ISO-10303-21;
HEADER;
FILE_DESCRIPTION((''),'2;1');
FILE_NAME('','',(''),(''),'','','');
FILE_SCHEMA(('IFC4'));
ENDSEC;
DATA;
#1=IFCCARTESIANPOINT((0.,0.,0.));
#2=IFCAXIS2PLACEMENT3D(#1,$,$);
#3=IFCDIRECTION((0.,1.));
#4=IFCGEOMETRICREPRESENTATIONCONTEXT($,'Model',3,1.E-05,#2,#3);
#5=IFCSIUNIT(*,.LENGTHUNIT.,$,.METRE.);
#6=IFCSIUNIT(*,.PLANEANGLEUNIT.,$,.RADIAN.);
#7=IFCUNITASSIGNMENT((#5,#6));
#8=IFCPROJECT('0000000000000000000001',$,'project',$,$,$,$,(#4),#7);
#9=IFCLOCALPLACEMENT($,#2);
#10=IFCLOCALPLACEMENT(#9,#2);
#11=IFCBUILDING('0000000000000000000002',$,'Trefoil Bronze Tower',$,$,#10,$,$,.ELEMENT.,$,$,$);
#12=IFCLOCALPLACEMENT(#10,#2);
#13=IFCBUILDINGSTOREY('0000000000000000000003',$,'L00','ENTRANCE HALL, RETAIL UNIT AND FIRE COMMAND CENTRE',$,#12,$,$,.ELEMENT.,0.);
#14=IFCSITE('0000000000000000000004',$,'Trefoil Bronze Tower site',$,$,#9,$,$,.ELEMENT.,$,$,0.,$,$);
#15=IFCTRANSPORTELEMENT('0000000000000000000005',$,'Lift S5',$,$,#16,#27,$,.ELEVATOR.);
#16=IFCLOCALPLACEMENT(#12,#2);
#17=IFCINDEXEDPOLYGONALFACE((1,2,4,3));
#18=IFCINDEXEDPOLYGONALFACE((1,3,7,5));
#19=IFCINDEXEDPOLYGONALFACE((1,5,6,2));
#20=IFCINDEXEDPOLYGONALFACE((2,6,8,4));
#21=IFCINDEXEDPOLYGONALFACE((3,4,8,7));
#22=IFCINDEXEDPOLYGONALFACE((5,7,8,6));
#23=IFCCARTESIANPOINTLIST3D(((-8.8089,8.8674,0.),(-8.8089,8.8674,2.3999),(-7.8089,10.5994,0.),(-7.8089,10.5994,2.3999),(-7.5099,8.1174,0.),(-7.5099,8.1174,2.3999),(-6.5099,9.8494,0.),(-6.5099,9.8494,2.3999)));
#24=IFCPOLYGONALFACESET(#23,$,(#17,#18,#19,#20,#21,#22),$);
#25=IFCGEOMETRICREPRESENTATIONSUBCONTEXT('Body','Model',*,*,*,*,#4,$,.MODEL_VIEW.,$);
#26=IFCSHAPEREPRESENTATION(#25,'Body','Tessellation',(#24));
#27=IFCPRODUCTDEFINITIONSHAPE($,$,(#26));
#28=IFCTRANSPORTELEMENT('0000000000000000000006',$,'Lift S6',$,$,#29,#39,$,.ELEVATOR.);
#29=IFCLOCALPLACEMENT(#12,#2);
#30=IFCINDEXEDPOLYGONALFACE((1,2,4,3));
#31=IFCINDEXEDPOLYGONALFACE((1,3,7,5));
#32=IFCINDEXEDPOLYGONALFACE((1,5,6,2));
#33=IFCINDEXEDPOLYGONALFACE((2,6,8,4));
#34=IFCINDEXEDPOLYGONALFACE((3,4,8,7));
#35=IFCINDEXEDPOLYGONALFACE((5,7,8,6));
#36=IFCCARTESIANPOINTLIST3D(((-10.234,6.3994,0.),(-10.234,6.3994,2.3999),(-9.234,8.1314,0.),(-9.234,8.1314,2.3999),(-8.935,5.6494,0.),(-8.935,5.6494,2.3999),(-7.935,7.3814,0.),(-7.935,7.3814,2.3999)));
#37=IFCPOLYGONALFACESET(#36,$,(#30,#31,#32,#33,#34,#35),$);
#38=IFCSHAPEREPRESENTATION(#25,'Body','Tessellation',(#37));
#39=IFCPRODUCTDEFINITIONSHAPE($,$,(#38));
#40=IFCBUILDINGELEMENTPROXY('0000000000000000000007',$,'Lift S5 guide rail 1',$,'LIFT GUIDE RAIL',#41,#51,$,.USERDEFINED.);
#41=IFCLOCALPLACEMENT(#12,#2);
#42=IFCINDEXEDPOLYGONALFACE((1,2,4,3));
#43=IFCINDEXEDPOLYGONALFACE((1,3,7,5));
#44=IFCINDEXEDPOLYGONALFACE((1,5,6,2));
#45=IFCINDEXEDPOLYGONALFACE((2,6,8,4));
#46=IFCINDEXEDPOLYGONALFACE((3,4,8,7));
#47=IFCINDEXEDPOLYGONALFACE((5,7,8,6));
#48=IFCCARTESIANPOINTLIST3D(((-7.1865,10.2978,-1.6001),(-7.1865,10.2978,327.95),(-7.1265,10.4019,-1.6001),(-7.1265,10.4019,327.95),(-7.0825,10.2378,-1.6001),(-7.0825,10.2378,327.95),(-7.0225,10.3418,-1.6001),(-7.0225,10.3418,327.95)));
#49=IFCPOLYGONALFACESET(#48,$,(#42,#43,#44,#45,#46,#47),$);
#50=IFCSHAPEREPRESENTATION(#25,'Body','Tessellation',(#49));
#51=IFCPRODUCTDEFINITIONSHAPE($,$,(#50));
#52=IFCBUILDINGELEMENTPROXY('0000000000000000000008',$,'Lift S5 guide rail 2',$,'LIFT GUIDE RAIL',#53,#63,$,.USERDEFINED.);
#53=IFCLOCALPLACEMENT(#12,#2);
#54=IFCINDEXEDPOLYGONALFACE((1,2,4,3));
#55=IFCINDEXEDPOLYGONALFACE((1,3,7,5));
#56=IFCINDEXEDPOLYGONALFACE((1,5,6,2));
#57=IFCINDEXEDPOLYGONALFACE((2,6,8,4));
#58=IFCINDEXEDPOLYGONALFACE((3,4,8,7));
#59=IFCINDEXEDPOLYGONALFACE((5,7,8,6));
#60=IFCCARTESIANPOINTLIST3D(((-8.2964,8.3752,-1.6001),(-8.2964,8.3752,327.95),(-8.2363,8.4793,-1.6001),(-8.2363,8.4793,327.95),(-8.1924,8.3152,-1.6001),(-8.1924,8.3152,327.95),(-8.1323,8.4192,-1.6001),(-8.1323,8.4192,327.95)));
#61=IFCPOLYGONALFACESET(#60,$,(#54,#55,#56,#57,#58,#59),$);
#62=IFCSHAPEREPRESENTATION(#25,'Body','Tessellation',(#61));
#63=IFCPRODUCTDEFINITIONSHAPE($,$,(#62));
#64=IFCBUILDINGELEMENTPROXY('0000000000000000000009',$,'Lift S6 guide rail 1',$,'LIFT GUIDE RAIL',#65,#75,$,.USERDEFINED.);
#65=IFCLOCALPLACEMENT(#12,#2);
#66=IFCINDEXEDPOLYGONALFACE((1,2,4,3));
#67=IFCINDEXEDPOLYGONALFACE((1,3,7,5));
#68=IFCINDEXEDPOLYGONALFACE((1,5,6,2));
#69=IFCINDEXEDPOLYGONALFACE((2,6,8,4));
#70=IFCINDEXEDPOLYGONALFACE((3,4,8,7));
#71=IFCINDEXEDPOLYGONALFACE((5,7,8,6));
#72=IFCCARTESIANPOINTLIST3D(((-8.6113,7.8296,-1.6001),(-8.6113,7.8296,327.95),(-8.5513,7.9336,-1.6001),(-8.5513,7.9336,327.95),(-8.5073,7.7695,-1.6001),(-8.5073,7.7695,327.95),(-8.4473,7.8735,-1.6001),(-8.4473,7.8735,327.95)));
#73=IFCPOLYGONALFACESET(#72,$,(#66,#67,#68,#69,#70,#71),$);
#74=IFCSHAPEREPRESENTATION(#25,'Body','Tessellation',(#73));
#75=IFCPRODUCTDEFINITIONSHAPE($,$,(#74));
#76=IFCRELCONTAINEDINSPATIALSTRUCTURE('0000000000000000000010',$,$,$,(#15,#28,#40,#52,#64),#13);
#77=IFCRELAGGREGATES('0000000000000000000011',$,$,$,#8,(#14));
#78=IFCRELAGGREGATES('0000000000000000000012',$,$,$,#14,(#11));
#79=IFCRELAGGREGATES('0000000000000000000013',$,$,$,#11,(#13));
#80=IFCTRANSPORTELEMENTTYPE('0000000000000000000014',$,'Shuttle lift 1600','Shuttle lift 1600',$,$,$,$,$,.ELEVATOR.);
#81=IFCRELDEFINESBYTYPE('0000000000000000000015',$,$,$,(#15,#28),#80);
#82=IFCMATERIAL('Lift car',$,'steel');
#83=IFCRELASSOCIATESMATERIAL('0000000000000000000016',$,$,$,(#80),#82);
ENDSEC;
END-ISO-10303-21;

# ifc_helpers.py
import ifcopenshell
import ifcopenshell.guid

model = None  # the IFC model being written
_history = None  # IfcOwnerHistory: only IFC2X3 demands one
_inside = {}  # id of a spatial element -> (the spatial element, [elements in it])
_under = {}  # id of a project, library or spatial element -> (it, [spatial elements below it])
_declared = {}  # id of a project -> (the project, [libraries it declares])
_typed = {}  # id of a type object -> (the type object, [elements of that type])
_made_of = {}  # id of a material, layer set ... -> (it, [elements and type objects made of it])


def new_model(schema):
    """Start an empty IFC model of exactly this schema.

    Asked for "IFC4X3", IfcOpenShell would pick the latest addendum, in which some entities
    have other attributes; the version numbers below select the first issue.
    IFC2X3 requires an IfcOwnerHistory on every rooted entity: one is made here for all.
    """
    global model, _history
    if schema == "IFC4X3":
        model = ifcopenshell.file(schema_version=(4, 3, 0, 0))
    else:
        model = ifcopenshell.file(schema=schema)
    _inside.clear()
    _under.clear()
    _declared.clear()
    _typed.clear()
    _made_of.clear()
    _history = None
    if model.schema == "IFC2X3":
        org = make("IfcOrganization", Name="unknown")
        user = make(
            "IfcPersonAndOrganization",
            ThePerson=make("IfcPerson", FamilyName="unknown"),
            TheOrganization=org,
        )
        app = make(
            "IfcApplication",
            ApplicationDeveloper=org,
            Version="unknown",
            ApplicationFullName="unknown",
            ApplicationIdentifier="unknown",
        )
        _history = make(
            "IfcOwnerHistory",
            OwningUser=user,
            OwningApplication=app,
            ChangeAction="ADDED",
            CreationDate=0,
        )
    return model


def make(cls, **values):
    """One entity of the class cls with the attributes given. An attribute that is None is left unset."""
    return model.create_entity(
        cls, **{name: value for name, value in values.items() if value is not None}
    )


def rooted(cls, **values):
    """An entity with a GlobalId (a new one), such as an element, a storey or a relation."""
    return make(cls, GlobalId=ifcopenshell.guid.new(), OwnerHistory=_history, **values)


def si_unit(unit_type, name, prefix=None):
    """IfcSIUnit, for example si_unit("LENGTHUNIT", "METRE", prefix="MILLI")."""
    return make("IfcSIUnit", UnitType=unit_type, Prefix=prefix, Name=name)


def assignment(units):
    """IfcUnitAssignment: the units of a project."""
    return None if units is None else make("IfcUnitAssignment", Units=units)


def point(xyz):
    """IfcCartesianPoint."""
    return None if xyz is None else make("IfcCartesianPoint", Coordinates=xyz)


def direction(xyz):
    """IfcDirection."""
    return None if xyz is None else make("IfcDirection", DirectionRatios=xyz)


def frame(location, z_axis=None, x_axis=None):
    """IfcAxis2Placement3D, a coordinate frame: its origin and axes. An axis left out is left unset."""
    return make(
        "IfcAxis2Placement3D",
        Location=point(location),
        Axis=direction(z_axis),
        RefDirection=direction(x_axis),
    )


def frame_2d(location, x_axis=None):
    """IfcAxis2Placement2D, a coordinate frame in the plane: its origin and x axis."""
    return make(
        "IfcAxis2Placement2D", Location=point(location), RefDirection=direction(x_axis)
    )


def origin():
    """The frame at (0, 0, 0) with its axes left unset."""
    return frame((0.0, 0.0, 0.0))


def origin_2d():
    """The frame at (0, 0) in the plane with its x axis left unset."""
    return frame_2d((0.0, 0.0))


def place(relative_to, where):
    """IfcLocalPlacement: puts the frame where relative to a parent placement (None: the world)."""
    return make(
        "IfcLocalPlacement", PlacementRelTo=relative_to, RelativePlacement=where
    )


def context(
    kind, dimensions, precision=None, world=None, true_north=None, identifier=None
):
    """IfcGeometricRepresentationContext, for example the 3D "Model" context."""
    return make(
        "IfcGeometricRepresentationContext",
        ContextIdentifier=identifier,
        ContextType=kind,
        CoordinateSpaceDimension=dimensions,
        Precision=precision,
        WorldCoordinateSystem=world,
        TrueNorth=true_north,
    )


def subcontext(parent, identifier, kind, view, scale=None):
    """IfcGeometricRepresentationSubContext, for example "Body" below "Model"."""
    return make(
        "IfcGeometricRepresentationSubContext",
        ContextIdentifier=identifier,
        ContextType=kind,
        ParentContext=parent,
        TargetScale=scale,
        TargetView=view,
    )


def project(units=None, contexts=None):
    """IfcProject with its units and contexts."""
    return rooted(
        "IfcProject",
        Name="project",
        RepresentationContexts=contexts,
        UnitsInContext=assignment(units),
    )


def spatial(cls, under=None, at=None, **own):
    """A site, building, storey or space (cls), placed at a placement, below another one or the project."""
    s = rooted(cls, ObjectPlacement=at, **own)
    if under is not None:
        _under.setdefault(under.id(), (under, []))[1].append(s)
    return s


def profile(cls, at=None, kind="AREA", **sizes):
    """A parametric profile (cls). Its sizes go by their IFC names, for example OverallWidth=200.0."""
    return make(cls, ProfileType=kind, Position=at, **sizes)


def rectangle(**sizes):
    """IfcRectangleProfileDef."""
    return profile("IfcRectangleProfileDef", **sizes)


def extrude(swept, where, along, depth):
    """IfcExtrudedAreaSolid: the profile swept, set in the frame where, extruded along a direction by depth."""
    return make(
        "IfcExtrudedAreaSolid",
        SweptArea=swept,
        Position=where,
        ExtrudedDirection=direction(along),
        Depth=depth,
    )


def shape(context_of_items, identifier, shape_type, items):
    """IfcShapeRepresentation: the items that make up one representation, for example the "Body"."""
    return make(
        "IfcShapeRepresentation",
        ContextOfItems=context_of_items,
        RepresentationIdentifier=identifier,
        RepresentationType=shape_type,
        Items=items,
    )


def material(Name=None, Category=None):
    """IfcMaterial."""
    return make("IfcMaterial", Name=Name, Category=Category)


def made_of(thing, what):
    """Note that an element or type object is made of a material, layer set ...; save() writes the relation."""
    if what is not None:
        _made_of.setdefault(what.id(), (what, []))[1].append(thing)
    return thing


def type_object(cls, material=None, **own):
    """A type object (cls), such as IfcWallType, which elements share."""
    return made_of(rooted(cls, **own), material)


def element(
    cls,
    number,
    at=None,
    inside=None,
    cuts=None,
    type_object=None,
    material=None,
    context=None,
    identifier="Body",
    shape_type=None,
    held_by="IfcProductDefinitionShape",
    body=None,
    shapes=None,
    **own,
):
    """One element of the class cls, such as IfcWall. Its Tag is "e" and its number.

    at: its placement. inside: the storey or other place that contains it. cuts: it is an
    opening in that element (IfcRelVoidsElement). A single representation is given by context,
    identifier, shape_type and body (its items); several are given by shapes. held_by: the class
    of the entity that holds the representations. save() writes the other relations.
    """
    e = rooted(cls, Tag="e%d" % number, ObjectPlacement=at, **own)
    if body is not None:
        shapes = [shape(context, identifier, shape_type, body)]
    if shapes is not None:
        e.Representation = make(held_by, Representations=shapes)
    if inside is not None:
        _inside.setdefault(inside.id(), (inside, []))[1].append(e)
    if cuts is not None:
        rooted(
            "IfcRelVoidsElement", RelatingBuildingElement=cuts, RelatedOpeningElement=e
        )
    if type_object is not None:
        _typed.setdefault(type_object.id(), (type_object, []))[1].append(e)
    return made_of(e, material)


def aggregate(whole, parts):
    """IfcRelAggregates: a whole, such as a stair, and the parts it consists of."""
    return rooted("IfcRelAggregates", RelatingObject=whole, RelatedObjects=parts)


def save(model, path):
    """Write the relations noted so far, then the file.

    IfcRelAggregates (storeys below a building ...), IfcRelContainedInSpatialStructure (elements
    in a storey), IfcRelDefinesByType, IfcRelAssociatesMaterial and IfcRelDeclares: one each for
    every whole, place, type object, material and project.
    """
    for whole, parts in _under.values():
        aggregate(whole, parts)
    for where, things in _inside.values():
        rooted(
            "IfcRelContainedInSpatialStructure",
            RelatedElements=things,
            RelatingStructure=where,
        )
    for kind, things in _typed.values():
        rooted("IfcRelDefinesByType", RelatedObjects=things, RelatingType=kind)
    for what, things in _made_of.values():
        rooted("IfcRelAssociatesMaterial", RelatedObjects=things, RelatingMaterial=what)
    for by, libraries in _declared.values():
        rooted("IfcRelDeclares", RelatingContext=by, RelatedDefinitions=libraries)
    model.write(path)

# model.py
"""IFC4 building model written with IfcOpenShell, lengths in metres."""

from ifc_helpers import new_model, si_unit, direction, frame, origin, origin_2d, place, context, subcontext, project, spatial, rectangle, extrude, material, type_object, element, save


model = new_model("IFC4")

# Units and contexts
model_context = context("Model", 3, precision=1e-05, world=origin(), true_north=direction((0.0, 1.0)))
body_context = subcontext(model_context, "Body", "Model", "MODEL_VIEW")
ifc_project = project(units=[si_unit("LENGTHUNIT", "METRE"), si_unit("PLANEANGLEUNIT", "RADIAN")], contexts=[model_context])

# Site, building, storey
site_placement = place(None, origin())
site = spatial("IfcSite", under=ifc_project, at=site_placement, Name="Trefoil Bronze Tower site", CompositionType="ELEMENT", RefElevation=0.0)
building_placement = place(site_placement, origin())
building = spatial("IfcBuilding", under=site, at=building_placement, Name="Trefoil Bronze Tower", CompositionType="ELEMENT")
storey_placement = place(building_placement, origin())
storey = spatial("IfcBuildingStorey", under=building, at=storey_placement, Name="L00", Description="ENTRANCE HALL, RETAIL UNIT AND FIRE COMMAND CENTRE", CompositionType="ELEMENT", Elevation=0.0)

# Transport elements
ifc_material_1 = material(Name="Lift car", Category="steel")
transport_element_type = type_object("IfcTransportElementType", Name="Shuttle lift 1600", Description="Shuttle lift 1600", PredefinedType="ELEVATOR", material=ifc_material_1)
for number, where, z_axis, x_axis, name in (
    (1, (-7.6594, 9.3584, 0.0), (0.0, 0.0, 1.0), (-0.5, -0.866025, 0.0), "Lift S5"),
    (2, (-9.0845, 6.8904, 0.0), (0.0, 0.0, 1.0), (-0.5, -0.866025, 0.0), "Lift S6"),
):
    element("IfcTransportElement", number, at=place(storey_placement, frame(where, z_axis=z_axis, x_axis=x_axis)), inside=storey, type_object=transport_element_type, Name=name, PredefinedType="ELEVATOR", context=body_context, shape_type="SweptSolid", body=[
        extrude(rectangle(XDim=2.0, YDim=1.5, at=origin_2d()), origin(), (0.0, 0.0, 1.0), 2.3999),
    ])

# Building element proxies
for number, where, z_axis, x_axis, name in (
    (3, (-7.1045, 10.3198, -1.6001), (0.0, 0.0, 1.0), (-0.5, -0.866025, 0.0), "Lift S5 guide rail 1"),
    (4, (-8.2144, 8.3972, -1.6001), (0.0, 0.0, 1.0), (-0.5, -0.866025, 0.0), "Lift S5 guide rail 2"),
    (5, (-8.5293, 7.8516, -1.6001), (0.0, 0.0, 1.0), (-0.5, -0.866025, 0.0), "Lift S6 guide rail 1"),
):
    element("IfcBuildingElementProxy", number, at=place(storey_placement, frame(where, z_axis=z_axis, x_axis=x_axis)), inside=storey, Name=name, ObjectType="LIFT GUIDE RAIL", PredefinedType="USERDEFINED", context=body_context, shape_type="SweptSolid", body=[
        extrude(rectangle(XDim=0.1201, YDim=0.1201, at=origin_2d()), origin(), (0.0, 0.0, 1.0), 329.55),
    ])

save(model, "model.ifc")
